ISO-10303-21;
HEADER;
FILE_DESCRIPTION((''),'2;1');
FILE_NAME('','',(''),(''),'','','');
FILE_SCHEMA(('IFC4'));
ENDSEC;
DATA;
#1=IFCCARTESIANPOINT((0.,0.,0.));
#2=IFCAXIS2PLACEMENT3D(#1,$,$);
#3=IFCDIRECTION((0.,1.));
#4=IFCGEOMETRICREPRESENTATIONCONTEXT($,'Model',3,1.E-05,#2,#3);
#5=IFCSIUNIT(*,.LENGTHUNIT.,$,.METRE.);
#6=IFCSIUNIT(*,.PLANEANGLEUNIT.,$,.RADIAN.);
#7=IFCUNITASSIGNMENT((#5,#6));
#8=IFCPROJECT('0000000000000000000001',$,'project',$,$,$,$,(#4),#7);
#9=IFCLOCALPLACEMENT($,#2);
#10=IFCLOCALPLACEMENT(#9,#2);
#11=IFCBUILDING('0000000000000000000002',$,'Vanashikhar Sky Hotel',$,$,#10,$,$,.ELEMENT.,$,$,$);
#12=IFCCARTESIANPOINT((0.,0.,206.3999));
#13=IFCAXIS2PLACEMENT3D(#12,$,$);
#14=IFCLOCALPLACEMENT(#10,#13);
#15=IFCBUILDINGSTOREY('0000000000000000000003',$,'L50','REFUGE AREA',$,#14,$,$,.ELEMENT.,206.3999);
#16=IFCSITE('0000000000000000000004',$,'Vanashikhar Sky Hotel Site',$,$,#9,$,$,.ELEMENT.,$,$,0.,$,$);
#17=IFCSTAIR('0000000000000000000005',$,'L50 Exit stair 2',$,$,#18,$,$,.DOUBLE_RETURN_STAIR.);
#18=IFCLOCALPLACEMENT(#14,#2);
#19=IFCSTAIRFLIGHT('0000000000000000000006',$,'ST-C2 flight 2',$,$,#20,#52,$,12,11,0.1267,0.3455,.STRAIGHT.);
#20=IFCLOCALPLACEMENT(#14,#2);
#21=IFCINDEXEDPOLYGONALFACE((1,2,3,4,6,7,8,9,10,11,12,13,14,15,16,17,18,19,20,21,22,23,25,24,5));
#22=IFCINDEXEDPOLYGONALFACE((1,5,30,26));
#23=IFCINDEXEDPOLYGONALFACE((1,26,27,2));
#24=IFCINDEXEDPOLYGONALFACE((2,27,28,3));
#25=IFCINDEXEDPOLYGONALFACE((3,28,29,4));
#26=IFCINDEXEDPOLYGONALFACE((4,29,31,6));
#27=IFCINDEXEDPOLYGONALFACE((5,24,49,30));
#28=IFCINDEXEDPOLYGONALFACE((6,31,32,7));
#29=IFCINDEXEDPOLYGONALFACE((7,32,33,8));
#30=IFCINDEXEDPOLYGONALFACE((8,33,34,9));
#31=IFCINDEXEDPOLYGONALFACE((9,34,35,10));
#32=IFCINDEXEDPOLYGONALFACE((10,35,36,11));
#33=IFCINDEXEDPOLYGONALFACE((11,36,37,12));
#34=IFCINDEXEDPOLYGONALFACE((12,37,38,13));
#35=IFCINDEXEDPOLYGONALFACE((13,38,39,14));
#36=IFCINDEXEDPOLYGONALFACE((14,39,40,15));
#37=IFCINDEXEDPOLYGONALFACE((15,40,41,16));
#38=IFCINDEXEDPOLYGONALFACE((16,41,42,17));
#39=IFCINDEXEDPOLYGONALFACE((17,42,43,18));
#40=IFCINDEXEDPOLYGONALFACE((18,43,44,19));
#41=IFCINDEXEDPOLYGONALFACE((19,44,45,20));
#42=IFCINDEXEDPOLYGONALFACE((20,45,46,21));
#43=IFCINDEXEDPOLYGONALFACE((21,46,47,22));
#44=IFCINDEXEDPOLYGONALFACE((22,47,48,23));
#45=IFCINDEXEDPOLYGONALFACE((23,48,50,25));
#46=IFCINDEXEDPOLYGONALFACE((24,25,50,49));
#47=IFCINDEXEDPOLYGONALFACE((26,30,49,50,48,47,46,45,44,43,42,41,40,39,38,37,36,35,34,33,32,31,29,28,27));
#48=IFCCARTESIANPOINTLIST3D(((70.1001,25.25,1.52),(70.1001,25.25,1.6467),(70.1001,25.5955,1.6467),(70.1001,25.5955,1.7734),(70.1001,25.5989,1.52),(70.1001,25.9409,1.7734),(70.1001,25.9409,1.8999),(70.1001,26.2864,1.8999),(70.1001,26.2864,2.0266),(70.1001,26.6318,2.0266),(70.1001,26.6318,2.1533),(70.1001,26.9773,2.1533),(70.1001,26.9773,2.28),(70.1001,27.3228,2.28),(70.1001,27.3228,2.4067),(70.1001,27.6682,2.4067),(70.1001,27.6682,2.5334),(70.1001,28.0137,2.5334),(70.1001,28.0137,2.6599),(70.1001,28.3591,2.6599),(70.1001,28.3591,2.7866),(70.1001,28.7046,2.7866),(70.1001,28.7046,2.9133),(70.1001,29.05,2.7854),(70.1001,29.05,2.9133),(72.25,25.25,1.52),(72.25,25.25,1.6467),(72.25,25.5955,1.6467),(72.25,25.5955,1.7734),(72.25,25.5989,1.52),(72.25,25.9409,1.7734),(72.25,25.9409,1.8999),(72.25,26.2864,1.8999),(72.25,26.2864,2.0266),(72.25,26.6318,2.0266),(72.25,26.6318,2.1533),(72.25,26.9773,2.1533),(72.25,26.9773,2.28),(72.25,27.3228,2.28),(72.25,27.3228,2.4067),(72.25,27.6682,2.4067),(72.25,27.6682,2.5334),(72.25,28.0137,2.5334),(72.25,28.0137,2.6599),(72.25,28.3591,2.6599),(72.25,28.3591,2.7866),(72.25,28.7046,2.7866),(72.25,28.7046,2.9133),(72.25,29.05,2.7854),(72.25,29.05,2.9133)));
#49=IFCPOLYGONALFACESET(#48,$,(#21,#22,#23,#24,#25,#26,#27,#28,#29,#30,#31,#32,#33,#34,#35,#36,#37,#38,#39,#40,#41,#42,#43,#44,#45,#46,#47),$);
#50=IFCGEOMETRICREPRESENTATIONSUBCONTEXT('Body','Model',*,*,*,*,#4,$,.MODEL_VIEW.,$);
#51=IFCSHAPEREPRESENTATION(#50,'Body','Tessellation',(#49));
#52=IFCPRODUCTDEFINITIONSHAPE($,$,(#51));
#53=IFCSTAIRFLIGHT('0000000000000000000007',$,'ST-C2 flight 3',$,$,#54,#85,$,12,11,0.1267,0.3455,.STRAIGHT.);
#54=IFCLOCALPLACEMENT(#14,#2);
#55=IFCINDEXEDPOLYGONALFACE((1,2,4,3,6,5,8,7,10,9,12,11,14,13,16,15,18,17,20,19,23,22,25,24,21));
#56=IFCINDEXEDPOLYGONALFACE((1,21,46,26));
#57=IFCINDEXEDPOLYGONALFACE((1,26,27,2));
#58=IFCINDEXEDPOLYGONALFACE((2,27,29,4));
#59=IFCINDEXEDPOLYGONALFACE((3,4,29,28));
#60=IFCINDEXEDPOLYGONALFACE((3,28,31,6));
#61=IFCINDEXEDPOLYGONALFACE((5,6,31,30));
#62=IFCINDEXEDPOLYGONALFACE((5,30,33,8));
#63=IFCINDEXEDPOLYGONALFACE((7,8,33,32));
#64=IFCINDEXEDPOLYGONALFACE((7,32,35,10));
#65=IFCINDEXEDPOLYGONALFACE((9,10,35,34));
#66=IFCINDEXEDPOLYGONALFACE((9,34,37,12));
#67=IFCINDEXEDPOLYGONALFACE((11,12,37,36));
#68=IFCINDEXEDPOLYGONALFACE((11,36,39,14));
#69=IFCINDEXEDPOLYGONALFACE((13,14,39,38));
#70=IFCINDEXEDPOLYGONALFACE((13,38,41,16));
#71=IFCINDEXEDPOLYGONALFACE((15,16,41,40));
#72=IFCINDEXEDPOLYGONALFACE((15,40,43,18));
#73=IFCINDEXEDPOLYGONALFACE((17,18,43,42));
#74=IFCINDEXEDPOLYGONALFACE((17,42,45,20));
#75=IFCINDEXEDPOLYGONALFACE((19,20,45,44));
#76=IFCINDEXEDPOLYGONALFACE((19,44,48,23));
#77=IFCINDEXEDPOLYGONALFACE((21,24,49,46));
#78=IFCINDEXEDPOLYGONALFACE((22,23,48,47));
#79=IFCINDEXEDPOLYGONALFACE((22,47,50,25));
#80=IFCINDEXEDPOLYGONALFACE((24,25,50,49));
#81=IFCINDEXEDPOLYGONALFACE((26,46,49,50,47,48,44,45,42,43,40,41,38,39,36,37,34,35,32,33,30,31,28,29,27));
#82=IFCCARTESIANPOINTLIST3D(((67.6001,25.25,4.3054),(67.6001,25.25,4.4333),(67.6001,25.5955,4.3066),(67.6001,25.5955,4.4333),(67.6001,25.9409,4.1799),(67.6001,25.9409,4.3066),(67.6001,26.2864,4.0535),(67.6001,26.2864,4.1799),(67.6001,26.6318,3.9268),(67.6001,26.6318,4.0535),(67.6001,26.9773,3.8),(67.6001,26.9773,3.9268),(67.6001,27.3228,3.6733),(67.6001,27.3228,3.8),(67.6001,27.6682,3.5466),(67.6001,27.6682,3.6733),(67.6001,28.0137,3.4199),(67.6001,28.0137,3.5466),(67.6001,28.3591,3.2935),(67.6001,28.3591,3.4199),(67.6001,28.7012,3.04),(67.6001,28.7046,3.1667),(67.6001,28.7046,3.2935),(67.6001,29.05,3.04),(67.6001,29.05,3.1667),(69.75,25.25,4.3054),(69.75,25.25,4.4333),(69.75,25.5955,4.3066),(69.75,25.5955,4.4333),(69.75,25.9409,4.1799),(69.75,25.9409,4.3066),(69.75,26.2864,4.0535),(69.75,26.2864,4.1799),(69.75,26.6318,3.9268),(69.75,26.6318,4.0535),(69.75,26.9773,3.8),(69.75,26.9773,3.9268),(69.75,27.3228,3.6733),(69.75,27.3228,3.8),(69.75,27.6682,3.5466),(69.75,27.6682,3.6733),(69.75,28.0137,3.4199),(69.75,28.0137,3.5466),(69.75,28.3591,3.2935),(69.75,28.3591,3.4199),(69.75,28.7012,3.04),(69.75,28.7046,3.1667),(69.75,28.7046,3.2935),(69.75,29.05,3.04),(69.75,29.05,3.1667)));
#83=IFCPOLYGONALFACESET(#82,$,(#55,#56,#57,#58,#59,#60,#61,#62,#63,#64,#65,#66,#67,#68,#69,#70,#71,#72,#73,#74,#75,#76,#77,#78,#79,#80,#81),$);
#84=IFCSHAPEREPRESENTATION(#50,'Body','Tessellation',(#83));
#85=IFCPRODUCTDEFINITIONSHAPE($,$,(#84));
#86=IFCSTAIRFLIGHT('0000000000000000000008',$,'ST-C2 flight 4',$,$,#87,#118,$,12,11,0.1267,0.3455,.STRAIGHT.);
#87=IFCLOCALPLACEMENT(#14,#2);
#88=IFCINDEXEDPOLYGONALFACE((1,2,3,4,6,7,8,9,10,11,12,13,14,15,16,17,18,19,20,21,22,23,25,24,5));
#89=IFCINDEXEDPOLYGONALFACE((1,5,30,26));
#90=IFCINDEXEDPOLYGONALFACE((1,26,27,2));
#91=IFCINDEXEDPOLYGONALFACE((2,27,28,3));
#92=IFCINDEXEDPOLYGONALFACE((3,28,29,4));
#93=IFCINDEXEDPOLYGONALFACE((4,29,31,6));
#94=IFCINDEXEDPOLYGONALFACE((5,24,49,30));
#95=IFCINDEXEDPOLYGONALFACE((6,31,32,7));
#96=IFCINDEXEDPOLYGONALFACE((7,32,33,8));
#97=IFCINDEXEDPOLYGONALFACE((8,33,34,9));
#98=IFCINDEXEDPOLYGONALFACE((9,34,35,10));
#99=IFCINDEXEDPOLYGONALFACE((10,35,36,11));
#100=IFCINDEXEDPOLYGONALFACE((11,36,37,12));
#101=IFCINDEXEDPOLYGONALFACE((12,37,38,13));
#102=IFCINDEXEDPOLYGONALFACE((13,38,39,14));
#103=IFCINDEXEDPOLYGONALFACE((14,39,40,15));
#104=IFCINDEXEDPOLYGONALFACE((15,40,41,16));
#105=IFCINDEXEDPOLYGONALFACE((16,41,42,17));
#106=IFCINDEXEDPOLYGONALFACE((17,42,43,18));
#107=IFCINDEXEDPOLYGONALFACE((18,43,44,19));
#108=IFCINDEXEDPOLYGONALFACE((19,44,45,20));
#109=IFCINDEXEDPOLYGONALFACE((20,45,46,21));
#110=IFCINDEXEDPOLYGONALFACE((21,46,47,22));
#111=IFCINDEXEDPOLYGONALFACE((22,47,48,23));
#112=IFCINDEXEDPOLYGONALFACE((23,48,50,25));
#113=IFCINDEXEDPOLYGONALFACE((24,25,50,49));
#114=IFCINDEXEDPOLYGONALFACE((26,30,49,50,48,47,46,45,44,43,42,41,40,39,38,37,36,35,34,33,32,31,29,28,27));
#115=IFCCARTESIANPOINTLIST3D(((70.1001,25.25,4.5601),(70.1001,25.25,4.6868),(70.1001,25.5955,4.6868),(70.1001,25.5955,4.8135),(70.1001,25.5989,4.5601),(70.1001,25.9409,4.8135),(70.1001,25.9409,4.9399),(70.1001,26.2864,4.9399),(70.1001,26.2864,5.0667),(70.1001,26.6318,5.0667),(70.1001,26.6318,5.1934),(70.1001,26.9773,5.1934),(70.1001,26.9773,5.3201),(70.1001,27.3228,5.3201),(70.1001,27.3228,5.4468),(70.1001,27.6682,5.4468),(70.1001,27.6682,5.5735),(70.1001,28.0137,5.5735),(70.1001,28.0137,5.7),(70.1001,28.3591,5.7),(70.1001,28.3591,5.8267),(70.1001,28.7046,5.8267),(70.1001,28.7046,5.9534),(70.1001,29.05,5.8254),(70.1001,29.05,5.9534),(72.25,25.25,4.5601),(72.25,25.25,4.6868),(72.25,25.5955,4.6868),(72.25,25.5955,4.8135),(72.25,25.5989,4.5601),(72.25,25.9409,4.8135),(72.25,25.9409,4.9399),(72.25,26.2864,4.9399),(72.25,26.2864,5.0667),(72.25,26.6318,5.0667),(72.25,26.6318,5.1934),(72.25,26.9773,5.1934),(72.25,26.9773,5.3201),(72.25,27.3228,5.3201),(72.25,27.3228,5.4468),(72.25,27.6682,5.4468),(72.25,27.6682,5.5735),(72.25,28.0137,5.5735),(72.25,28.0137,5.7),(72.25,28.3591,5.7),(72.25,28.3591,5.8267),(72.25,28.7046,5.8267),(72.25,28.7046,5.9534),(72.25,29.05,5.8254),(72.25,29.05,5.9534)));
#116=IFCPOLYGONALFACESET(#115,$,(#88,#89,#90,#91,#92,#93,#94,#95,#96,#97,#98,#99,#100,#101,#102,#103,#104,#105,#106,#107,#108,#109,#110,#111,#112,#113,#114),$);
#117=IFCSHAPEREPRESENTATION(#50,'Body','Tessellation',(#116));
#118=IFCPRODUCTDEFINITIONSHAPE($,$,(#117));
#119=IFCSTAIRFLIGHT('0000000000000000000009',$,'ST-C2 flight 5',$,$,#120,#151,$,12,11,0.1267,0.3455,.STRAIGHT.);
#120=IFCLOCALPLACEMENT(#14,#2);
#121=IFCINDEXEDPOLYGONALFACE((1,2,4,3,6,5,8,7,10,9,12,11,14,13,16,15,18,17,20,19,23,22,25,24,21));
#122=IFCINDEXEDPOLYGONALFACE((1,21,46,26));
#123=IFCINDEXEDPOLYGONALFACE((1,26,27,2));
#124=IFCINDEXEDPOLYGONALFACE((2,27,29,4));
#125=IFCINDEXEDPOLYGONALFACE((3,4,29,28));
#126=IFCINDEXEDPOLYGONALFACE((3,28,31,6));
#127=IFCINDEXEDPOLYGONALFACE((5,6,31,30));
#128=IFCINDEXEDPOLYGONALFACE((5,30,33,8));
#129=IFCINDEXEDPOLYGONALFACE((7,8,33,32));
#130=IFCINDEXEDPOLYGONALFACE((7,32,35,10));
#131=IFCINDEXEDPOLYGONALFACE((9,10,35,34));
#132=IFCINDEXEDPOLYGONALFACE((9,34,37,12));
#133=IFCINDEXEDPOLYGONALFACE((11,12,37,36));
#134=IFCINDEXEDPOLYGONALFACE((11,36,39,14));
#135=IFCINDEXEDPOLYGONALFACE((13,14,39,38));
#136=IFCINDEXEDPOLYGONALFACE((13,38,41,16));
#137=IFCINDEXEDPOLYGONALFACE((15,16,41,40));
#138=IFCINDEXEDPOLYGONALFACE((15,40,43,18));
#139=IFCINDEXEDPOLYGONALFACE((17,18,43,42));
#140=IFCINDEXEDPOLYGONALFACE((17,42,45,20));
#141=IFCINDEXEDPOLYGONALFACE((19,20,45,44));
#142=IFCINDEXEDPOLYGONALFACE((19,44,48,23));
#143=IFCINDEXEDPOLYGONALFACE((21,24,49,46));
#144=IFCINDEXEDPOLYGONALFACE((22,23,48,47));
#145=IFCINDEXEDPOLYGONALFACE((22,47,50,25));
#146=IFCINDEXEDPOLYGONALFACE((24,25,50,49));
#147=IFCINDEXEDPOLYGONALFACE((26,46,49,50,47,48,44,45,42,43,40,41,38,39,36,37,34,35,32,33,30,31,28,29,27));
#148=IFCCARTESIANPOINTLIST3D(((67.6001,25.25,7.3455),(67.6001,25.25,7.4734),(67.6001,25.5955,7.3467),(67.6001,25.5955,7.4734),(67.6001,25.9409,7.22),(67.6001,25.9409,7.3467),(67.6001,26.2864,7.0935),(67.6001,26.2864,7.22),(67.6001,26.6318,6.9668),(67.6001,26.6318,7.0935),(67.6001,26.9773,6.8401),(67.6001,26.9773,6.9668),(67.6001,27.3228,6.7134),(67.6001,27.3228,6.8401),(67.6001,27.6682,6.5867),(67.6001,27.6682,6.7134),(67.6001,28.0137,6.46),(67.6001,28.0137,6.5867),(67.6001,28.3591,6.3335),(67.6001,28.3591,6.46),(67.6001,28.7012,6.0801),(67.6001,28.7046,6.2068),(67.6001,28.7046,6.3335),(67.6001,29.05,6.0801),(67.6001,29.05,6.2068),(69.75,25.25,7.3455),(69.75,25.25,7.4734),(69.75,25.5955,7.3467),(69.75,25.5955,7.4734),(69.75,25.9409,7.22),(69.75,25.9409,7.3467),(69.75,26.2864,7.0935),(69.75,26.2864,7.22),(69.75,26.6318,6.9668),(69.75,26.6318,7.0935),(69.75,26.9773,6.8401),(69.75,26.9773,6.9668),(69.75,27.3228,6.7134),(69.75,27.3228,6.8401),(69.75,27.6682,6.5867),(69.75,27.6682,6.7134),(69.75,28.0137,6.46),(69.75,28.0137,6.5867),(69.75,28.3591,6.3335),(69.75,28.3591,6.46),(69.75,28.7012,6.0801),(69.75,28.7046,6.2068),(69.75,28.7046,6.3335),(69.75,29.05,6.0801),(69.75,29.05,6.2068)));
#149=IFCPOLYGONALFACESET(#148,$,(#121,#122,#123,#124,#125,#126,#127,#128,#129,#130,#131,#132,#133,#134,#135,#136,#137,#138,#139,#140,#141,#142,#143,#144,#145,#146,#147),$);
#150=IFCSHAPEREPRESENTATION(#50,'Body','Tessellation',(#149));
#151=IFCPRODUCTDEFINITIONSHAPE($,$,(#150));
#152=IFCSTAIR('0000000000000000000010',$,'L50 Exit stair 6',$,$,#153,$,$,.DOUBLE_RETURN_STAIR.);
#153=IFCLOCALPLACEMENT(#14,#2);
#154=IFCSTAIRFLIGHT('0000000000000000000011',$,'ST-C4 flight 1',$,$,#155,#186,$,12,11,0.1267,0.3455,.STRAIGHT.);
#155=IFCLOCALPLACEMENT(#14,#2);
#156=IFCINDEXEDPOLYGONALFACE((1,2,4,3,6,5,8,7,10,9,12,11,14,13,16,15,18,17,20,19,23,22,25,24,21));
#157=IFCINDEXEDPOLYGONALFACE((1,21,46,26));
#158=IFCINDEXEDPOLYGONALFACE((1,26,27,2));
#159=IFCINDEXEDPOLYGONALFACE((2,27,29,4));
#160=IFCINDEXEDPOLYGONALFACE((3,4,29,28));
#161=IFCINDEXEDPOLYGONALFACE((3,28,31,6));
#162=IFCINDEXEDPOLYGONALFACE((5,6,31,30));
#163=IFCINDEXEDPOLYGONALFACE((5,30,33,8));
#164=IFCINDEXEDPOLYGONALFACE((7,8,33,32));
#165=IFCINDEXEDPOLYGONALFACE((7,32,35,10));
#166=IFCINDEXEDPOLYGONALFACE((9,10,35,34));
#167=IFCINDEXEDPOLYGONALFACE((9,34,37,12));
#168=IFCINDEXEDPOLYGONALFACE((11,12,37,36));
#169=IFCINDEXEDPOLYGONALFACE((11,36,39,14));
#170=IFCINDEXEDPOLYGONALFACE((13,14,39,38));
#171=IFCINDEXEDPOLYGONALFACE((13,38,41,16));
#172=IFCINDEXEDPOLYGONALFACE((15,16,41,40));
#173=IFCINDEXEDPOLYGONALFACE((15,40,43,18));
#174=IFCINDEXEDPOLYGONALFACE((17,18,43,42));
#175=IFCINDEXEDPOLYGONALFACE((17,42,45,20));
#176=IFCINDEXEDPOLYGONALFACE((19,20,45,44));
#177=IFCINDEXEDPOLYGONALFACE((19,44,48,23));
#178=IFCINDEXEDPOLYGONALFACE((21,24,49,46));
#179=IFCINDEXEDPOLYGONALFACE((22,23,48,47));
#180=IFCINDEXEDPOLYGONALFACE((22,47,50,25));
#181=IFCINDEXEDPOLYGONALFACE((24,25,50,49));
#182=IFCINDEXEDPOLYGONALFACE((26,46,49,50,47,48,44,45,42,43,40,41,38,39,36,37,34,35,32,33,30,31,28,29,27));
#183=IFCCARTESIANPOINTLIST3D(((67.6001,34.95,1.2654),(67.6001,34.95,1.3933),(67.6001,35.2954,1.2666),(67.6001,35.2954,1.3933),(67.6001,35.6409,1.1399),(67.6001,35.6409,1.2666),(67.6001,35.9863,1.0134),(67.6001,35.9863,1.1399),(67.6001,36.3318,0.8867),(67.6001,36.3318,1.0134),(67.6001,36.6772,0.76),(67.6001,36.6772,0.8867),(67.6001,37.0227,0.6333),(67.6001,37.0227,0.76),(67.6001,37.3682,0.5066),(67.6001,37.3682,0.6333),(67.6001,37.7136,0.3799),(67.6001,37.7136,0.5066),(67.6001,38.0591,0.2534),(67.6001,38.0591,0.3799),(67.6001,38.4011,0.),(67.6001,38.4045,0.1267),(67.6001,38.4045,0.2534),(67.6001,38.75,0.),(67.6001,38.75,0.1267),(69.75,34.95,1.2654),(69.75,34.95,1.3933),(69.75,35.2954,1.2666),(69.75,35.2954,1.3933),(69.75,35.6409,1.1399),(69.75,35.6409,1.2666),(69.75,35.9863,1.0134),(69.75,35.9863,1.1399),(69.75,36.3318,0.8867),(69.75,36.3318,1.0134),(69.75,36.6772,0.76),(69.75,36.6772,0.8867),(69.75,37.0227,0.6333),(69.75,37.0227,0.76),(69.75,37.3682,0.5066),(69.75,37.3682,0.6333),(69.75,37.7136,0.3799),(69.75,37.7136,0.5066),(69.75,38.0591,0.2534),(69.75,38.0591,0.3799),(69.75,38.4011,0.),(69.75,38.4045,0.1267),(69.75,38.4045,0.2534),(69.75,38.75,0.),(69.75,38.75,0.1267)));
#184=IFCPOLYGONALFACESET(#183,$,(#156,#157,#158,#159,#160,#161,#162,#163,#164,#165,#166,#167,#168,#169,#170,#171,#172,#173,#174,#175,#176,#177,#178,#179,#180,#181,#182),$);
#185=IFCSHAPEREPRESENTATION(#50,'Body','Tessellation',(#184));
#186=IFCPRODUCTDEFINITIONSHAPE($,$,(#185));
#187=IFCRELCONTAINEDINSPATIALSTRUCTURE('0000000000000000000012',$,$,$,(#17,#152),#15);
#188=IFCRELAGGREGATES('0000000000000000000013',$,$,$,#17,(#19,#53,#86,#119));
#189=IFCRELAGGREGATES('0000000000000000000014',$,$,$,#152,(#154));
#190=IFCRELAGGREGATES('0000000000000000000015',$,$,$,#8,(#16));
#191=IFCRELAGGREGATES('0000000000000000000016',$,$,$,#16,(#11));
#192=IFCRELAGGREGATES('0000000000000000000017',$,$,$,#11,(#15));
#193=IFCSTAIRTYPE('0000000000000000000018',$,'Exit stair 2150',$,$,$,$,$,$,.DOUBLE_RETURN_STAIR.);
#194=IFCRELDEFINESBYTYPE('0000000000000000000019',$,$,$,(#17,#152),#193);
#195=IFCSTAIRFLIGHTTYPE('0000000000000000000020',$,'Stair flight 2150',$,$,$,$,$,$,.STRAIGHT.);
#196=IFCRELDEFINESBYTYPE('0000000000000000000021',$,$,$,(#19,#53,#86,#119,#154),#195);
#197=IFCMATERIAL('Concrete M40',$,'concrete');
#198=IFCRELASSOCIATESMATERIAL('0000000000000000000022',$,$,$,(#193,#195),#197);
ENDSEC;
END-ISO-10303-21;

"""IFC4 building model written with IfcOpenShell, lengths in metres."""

from ifc_helpers import new_model, si_unit, direction, frame, origin, place, context, subcontext, project, spatial, polyline, outline, extrude, source, transform, mapped, material, type_object, element, aggregate, save


model = new_model("IFC4")

# Units and contexts
model_context = context("Model", 3, precision=1e-05, world=origin(), true_north=direction((0.0, 1.0)))
body_context = subcontext(model_context, "Body", "Model", "MODEL_VIEW")
ifc_project = project(units=[si_unit("LENGTHUNIT", "METRE"), si_unit("PLANEANGLEUNIT", "RADIAN")], contexts=[model_context])

# Site, building, storey
site_placement = place(None, origin())
site = spatial("IfcSite", under=ifc_project, at=site_placement, Name="Vanashikhar Sky Hotel Site", CompositionType="ELEMENT", RefElevation=0.0)
building_placement = place(site_placement, origin())
building = spatial("IfcBuilding", under=site, at=building_placement, Name="Vanashikhar Sky Hotel", CompositionType="ELEMENT")
storey_placement = place(building_placement, frame((0.0, 0.0, 206.3999)))
storey = spatial("IfcBuildingStorey", under=building, at=storey_placement, Name="L50", Description="REFUGE AREA", CompositionType="ELEMENT", Elevation=206.3999)

# Stairs, stair flights
ifc_material_1 = material(Name="Concrete M40", Category="concrete")
stair_type = type_object("IfcStairType", Name="Exit stair 2150", PredefinedType="DOUBLE_RETURN_STAIR", material=ifc_material_1)
stair_1_placement = place(storey_placement, origin())
stair_1 = element("IfcStair", 1, at=stair_1_placement, inside=storey, type_object=stair_type, Name="L50 Exit stair 2", PredefinedType="DOUBLE_RETURN_STAIR")
stair_flight_type = type_object("IfcStairFlightType", Name="Stair flight 2150", PredefinedType="STRAIGHT", material=ifc_material_1)
shared_shape_1 = source(origin(), body_context, "Body", "SweptSolid", [
    extrude(outline(polyline([(0.0, 0.0), (0.0, 0.1267), (0.3455, 0.1267), (0.3455, 0.2534), (0.6909, 0.2534), (0.6909, 0.3799), (1.0364, 0.3799), (1.0364, 0.5066), (1.3818, 0.5066), (1.3818, 0.6333), (1.7273, 0.6333), (1.7273, 0.76), (2.0728, 0.76), (2.0728, 0.8867), (2.4182, 0.8867), (2.4182, 1.0134), (2.7637, 1.0134), (2.7637, 1.1399), (3.1091, 1.1399), (3.1091, 1.2666), (3.4546, 1.2666), (3.4546, 1.3933), (3.8, 1.3933), (3.8, 1.52), (3.8, 1.2654), (0.3489, 0.0), (0.0, 0.0)])), frame((0.0, 1.075, 0.0), z_axis=(0.0, -1.0, 0.0), x_axis=(1.0, 0.0, 0.0)), (0.0, 0.0, 1.0), 2.1499),
])
stair_flight_1_placement = place(storey_placement, frame((71.175, 25.25, 1.52), z_axis=(0.0, 0.0, 1.0), x_axis=(0.0, 1.0, 0.0)))
stair_flight_1 = element("IfcStairFlight", 2, at=stair_flight_1_placement, type_object=stair_flight_type, Name="ST-C2 flight 2", NumberOfRisers=12, NumberOfTreads=11, PredefinedType="STRAIGHT", RiserHeight=0.1267, TreadLength=0.3455, context=body_context, shape_type="MappedRepresentation", body=[
    mapped(shared_shape_1, transform((0.0, 0.0, 0.0), scale=1.0)),
])
stair_flight_2_placement = place(storey_placement, frame((68.675, 29.05, 3.04), z_axis=(0.0, 0.0, 1.0), x_axis=(0.0, -1.0, 0.0)))
stair_flight_2 = element("IfcStairFlight", 3, at=stair_flight_2_placement, type_object=stair_flight_type, Name="ST-C2 flight 3", NumberOfRisers=12, NumberOfTreads=11, PredefinedType="STRAIGHT", RiserHeight=0.1267, TreadLength=0.3455, context=body_context, shape_type="MappedRepresentation", body=[
    mapped(shared_shape_1, transform((0.0, 0.0, 0.0), scale=1.0)),
])
stair_flight_3_placement = place(storey_placement, frame((71.175, 25.25, 4.5601), z_axis=(0.0, 0.0, 1.0), x_axis=(0.0, 1.0, 0.0)))
stair_flight_3 = element("IfcStairFlight", 4, at=stair_flight_3_placement, type_object=stair_flight_type, Name="ST-C2 flight 4", NumberOfRisers=12, NumberOfTreads=11, PredefinedType="STRAIGHT", RiserHeight=0.1267, TreadLength=0.3455, context=body_context, shape_type="MappedRepresentation", body=[
    mapped(shared_shape_1, transform((0.0, 0.0, 0.0), scale=1.0)),
])
stair_flight_4_placement = place(storey_placement, frame((68.675, 29.05, 6.0801), z_axis=(0.0, 0.0, 1.0), x_axis=(0.0, -1.0, 0.0)))
stair_flight_4 = element("IfcStairFlight", 5, at=stair_flight_4_placement, type_object=stair_flight_type, Name="ST-C2 flight 5", NumberOfRisers=12, NumberOfTreads=11, PredefinedType="STRAIGHT", RiserHeight=0.1267, TreadLength=0.3455, context=body_context, shape_type="MappedRepresentation", body=[
    mapped(shared_shape_1, transform((0.0, 0.0, 0.0), scale=1.0)),
])
aggregate(stair_1, [stair_flight_1, stair_flight_2, stair_flight_3, stair_flight_4])
stair_2_placement = place(storey_placement, origin())
stair_2 = element("IfcStair", 6, at=stair_2_placement, inside=storey, type_object=stair_type, Name="L50 Exit stair 6", PredefinedType="DOUBLE_RETURN_STAIR")
stair_flight_5_placement = place(storey_placement, frame((68.675, 38.75, 0.0), z_axis=(0.0, 0.0, 1.0), x_axis=(0.0, -1.0, 0.0)))
stair_flight_5 = element("IfcStairFlight", 7, at=stair_flight_5_placement, type_object=stair_flight_type, Name="ST-C4 flight 1", NumberOfRisers=12, NumberOfTreads=11, PredefinedType="STRAIGHT", RiserHeight=0.1267, TreadLength=0.3455, context=body_context, shape_type="MappedRepresentation", body=[
    mapped(shared_shape_1, transform((0.0, 0.0, 0.0), scale=1.0)),
])
aggregate(stair_2, [stair_flight_5])

save(model, "model.ifc")
